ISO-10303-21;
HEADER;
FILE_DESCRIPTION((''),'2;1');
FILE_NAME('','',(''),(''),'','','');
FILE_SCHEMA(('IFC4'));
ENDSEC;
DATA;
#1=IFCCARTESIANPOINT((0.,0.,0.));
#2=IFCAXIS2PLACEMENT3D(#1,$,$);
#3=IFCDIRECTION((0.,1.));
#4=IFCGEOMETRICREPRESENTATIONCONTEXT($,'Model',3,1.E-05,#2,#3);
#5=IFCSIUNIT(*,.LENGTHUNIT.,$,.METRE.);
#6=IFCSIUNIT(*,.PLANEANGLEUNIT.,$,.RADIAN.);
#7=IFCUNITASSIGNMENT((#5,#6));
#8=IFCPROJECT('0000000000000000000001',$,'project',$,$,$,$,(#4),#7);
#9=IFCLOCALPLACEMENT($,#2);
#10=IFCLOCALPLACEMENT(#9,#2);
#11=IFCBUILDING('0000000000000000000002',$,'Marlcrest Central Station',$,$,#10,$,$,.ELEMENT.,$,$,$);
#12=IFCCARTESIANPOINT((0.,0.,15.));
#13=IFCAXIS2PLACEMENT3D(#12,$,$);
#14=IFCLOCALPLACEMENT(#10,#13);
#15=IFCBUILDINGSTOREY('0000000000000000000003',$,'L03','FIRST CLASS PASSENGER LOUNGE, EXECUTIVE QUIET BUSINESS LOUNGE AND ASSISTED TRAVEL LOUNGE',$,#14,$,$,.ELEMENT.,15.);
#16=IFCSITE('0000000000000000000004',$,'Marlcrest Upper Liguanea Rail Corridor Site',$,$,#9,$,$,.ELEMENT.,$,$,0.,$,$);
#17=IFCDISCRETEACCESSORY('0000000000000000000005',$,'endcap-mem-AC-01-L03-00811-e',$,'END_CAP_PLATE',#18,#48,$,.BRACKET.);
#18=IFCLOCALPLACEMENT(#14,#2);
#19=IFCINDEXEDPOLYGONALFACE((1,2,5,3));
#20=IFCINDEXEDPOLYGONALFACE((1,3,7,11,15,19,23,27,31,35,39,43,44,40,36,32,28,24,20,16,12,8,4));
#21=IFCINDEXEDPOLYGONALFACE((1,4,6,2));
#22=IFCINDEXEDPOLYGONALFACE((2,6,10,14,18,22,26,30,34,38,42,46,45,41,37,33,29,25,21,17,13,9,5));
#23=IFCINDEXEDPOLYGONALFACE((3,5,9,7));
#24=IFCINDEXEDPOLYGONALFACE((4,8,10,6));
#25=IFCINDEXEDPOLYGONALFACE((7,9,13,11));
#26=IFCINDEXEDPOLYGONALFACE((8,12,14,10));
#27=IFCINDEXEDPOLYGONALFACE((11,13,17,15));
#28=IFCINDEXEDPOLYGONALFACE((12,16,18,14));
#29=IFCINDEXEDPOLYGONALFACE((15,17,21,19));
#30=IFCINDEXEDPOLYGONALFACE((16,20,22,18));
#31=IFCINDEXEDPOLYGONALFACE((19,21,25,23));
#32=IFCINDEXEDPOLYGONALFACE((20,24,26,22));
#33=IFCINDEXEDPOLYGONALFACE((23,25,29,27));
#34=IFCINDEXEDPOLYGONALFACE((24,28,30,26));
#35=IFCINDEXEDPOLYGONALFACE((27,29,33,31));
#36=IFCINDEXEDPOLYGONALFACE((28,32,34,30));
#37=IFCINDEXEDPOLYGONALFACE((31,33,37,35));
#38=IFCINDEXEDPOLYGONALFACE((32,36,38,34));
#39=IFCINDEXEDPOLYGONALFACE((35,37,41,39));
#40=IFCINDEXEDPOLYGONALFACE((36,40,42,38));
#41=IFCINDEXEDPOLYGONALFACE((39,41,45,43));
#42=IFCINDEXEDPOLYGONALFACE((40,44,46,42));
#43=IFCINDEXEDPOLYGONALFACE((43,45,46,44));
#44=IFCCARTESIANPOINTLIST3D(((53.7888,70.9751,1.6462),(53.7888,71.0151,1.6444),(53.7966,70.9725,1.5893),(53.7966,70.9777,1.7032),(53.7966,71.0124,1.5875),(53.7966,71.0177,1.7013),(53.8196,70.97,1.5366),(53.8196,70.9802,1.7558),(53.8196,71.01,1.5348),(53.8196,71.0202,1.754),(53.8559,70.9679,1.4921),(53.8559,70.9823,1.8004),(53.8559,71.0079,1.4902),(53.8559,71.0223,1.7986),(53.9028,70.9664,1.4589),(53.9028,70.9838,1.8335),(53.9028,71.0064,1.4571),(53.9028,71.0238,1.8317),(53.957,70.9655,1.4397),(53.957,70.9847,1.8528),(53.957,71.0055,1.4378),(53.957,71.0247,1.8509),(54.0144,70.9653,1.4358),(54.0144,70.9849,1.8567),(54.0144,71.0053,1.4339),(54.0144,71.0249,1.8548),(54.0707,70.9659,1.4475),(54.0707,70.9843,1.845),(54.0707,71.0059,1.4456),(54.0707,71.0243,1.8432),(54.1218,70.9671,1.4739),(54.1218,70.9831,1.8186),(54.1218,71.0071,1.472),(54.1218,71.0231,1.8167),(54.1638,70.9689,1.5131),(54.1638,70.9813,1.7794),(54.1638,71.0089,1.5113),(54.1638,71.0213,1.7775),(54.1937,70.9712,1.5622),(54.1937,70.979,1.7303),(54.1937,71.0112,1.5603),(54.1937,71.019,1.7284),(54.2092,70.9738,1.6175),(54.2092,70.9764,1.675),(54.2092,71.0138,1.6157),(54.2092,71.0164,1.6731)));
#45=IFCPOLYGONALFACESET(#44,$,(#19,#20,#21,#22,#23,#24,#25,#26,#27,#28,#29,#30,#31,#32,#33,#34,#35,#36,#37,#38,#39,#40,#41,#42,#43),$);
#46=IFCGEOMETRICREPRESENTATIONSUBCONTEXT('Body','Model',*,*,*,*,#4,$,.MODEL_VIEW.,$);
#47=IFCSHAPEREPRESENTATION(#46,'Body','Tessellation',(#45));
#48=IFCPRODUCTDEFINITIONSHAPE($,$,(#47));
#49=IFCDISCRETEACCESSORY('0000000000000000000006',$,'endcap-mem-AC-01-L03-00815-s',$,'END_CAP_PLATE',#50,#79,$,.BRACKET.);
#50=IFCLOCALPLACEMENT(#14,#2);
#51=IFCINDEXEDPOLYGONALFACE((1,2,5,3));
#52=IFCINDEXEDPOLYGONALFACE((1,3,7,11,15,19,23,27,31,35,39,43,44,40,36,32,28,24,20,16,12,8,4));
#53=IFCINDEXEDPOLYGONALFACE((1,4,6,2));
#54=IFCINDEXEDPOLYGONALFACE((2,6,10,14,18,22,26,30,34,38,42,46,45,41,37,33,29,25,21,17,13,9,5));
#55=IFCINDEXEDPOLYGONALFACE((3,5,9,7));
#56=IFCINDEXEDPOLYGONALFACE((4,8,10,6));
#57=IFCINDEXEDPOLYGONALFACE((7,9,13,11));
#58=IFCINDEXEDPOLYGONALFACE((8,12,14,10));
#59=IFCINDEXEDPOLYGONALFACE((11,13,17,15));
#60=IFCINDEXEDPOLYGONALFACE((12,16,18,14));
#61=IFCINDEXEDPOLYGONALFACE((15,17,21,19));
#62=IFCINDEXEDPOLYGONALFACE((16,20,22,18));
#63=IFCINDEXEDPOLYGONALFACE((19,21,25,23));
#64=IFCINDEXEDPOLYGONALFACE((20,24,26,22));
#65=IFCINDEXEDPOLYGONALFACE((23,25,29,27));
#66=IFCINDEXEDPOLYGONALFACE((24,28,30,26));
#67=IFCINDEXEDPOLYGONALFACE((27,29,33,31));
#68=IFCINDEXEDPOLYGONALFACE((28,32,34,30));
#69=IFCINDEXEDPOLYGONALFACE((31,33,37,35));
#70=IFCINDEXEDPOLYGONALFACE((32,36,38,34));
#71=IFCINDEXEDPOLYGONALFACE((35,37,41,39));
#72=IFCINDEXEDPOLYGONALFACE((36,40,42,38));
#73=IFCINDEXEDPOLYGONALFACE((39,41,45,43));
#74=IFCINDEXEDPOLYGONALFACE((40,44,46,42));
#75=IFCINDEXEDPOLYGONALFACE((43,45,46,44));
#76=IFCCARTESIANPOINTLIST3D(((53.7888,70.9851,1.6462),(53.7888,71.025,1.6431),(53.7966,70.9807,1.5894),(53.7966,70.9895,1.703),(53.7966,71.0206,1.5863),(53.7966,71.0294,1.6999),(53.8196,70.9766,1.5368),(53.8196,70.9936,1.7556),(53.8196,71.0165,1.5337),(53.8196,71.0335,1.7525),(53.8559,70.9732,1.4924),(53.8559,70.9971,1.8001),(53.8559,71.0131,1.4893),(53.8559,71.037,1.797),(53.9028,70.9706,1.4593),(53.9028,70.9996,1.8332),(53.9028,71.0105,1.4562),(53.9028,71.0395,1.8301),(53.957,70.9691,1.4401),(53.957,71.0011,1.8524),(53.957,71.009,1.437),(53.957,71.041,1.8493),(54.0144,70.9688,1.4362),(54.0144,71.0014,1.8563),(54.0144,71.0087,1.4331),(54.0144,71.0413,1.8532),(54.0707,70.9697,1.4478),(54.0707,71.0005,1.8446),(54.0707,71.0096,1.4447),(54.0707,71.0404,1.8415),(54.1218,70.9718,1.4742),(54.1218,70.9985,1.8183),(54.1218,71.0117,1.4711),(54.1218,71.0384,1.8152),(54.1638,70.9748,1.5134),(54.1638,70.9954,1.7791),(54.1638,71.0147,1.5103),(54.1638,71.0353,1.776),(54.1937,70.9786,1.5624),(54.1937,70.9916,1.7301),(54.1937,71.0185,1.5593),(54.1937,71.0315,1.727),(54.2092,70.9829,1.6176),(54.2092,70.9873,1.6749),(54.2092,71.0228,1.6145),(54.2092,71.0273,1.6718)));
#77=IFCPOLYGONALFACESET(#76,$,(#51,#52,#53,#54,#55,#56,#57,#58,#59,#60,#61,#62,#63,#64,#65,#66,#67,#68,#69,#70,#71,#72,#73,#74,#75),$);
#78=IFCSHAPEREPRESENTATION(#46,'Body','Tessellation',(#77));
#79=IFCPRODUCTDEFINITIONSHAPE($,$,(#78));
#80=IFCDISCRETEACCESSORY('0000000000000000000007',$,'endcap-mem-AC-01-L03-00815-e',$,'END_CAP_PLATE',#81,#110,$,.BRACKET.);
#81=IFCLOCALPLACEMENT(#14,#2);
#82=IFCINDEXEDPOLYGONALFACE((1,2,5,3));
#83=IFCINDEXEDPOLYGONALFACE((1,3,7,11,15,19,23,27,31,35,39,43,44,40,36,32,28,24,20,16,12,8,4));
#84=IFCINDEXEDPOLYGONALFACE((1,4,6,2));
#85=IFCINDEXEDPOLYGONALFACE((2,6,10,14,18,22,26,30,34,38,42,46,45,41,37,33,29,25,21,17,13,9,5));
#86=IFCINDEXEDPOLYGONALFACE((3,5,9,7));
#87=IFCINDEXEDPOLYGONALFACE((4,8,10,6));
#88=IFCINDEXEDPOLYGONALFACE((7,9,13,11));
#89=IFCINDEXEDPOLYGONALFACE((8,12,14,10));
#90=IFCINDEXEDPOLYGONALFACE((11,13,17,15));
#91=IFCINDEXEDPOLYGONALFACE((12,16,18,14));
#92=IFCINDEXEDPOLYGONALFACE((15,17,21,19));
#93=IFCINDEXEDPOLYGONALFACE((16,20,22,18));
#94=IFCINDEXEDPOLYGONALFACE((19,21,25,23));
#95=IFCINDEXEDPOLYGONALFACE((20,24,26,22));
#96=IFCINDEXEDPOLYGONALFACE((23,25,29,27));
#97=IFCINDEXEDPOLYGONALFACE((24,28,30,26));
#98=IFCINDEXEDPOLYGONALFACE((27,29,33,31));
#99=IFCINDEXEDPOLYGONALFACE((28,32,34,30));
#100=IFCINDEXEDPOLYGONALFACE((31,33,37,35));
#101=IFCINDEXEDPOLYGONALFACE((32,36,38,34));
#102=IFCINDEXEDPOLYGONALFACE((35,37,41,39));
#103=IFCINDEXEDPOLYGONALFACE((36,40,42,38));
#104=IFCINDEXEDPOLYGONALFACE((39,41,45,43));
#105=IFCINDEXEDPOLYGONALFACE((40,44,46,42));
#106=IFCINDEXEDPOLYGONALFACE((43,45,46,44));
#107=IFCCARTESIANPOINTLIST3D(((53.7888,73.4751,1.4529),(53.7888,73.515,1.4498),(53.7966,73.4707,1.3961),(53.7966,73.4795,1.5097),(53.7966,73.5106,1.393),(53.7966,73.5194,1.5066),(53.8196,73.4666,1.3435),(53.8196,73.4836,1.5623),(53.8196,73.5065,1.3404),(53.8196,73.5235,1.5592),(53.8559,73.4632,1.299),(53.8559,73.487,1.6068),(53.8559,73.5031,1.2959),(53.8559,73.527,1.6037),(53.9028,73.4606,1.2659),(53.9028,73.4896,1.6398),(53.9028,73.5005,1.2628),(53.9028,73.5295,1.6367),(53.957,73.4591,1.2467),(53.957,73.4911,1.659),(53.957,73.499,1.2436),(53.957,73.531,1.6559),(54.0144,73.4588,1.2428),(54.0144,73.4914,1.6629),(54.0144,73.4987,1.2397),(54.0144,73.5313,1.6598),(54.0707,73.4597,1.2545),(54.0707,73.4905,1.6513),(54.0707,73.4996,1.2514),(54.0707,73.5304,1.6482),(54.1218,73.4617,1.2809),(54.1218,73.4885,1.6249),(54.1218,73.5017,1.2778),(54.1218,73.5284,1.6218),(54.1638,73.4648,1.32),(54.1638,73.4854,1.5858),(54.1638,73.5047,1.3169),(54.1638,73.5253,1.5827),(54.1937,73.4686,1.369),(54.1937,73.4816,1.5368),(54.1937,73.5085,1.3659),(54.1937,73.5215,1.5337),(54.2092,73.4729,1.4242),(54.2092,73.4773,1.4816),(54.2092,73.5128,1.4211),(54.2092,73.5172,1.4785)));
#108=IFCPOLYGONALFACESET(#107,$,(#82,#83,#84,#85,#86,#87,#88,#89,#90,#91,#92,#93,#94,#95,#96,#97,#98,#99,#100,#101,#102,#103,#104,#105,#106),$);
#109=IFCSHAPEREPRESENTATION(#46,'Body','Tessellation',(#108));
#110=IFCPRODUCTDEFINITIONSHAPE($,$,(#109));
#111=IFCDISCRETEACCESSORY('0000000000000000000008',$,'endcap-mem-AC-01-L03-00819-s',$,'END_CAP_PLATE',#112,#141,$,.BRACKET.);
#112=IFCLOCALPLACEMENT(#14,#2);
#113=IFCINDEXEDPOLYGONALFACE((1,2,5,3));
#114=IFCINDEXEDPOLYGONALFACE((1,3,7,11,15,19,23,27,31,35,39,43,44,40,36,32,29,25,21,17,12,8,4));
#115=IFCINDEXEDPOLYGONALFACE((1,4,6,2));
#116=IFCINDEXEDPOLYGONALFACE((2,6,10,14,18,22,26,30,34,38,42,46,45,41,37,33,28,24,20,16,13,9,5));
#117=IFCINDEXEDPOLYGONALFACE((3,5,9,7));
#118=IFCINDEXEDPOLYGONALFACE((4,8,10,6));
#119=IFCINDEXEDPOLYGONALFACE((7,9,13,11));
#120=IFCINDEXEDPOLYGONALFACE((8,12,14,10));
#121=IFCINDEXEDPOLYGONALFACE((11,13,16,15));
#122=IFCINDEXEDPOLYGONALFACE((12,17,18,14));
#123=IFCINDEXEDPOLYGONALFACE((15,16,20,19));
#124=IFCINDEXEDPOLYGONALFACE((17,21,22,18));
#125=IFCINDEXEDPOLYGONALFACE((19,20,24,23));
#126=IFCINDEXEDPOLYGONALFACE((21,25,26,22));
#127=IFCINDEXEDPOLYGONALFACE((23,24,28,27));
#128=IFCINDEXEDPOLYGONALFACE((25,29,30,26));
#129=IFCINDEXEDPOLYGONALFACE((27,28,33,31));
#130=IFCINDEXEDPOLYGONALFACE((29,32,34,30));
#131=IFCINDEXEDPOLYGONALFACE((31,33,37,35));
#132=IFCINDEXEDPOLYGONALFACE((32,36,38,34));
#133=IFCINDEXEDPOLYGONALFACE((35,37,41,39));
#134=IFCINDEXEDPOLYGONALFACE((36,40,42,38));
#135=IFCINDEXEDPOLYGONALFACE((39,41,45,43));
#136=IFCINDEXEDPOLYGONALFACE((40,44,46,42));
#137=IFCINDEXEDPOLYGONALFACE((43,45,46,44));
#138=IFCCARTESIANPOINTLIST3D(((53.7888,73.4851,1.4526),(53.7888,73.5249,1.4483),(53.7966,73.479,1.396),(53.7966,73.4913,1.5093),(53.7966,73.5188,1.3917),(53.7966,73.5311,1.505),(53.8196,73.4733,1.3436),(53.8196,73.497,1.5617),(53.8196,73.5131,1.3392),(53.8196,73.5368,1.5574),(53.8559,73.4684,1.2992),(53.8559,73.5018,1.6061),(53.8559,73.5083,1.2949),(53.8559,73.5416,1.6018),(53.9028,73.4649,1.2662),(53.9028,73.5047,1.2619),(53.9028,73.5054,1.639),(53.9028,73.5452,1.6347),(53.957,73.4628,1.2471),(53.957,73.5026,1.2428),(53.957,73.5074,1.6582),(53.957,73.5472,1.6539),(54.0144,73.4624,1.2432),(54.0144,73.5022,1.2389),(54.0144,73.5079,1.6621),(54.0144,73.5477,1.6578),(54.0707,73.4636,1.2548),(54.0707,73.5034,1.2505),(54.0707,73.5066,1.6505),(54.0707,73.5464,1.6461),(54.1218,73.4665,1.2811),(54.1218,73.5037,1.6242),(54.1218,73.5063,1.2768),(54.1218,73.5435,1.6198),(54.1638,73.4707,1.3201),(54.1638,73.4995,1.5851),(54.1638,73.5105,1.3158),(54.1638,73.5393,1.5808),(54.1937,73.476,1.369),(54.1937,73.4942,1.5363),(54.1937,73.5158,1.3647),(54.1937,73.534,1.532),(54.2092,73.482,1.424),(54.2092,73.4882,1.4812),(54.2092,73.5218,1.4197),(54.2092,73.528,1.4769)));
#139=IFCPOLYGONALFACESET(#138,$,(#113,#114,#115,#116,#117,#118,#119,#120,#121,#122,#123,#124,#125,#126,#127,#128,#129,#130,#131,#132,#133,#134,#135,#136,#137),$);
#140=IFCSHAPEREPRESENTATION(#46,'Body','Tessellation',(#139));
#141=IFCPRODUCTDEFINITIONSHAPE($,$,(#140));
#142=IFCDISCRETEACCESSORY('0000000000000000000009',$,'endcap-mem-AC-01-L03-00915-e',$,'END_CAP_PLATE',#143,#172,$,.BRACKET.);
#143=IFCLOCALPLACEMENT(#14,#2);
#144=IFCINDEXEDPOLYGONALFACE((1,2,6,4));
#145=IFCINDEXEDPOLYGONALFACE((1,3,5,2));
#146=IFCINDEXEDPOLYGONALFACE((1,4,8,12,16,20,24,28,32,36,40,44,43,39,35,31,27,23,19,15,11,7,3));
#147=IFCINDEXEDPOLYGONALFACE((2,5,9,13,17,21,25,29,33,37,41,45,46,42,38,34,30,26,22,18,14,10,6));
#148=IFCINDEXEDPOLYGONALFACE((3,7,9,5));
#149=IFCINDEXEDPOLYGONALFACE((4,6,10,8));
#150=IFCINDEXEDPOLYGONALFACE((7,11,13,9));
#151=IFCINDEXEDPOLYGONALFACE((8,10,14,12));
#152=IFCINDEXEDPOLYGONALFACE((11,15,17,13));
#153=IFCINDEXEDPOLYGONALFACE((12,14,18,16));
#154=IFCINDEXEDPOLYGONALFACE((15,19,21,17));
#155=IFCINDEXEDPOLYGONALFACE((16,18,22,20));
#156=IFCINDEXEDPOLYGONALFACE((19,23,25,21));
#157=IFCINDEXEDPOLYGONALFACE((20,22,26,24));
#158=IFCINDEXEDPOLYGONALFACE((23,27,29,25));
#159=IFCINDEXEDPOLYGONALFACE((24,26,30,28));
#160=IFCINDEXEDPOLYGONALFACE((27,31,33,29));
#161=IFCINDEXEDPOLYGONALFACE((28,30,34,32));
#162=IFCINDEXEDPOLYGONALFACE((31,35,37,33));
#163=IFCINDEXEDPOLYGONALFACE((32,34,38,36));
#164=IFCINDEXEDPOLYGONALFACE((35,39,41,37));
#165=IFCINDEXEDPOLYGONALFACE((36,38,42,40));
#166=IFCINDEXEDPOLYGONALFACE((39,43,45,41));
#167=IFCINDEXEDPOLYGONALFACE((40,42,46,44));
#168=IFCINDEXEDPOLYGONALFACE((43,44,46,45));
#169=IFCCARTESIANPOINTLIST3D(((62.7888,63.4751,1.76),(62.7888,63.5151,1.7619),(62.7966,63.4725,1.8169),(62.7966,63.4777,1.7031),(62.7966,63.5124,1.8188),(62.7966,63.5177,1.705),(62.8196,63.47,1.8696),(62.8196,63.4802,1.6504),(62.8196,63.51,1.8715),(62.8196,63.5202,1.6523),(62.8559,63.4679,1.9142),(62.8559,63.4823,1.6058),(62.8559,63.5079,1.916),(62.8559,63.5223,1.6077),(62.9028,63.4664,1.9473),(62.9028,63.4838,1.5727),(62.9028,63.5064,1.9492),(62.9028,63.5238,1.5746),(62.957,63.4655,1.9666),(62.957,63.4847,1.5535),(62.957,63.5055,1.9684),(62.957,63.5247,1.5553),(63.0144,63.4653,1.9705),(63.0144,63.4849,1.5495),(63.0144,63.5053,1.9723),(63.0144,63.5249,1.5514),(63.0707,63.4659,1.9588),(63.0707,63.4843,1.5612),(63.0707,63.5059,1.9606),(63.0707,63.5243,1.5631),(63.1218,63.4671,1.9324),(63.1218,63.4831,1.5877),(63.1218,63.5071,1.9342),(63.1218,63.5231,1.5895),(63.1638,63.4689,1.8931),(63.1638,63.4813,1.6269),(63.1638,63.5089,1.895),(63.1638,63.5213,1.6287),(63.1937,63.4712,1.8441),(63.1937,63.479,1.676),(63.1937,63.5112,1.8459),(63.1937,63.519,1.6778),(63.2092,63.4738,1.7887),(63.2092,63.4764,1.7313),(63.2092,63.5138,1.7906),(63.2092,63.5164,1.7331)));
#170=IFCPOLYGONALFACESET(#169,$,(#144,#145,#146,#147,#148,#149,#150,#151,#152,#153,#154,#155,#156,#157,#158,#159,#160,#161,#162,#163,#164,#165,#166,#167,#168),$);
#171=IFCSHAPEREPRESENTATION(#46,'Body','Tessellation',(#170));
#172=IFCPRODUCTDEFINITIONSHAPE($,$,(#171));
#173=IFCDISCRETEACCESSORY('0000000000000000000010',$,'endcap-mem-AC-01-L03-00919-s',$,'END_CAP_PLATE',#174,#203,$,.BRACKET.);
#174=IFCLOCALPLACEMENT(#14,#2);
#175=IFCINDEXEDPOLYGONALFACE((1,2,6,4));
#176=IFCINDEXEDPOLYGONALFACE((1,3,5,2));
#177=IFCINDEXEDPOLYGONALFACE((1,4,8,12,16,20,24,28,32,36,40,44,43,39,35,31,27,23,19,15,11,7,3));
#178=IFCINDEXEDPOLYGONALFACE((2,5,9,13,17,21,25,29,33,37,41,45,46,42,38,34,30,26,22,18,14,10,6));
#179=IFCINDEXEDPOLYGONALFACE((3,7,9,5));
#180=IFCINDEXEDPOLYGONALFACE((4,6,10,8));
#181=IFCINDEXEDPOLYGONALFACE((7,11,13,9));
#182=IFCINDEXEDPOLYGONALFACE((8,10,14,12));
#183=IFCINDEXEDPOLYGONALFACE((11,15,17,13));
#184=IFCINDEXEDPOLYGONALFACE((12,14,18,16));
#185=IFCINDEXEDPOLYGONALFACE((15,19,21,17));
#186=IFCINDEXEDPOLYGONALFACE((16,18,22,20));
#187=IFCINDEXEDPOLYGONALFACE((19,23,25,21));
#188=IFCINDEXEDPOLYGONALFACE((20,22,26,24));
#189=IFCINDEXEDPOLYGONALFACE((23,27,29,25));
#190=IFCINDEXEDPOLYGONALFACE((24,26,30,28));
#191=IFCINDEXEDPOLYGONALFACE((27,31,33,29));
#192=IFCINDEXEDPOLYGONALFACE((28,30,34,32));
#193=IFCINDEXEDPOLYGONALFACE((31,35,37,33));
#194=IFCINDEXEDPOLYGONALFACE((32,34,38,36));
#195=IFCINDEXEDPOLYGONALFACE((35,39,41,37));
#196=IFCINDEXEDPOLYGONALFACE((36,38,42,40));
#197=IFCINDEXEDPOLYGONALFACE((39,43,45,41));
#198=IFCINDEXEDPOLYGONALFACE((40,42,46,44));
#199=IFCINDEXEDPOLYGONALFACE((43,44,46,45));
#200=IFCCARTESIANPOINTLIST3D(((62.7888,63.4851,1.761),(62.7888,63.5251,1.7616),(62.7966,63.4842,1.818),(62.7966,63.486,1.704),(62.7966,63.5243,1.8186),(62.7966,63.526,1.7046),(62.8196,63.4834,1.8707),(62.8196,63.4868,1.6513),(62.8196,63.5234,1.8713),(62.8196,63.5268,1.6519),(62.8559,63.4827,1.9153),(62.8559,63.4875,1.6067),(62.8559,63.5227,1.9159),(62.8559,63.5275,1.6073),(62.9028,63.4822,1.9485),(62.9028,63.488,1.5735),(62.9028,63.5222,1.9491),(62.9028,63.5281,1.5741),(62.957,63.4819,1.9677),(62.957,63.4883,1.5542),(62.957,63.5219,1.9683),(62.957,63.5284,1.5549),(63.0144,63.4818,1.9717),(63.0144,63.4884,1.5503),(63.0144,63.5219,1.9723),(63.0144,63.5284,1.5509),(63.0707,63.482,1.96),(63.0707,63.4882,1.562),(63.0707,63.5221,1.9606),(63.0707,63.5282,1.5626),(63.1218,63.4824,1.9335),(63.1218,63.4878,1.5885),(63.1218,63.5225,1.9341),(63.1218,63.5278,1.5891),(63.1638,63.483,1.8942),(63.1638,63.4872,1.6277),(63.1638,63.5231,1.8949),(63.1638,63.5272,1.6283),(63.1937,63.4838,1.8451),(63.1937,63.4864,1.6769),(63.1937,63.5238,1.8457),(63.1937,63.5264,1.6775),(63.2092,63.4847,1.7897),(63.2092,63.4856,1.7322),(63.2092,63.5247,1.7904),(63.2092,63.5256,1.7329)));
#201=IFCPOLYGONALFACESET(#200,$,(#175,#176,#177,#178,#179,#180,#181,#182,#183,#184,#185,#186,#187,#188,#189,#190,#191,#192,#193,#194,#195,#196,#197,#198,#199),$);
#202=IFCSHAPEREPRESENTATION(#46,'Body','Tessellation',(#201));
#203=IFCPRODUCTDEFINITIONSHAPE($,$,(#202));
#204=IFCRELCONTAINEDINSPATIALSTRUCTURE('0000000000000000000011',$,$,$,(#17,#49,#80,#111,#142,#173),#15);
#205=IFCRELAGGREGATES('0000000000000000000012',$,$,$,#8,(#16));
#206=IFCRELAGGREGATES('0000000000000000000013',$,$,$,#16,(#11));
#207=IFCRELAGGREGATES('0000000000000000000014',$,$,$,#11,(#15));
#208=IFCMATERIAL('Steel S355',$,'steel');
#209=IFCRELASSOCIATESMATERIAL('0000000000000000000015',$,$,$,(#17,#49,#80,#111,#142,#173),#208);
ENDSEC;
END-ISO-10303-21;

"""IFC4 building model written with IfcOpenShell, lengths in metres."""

from ifc_helpers import new_model, si_unit, direction, frame, origin, origin_2d, place, context, subcontext, project, spatial, circle, extrude, material, element, save


model = new_model("IFC4")

# Units and contexts
model_context = context("Model", 3, precision=1e-05, world=origin(), true_north=direction((0.0, 1.0)))
body_context = subcontext(model_context, "Body", "Model", "MODEL_VIEW")
ifc_project = project(units=[si_unit("LENGTHUNIT", "METRE"), si_unit("PLANEANGLEUNIT", "RADIAN")], contexts=[model_context])

# Site, building, storey
site_placement = place(None, origin())
site = spatial("IfcSite", under=ifc_project, at=site_placement, Name="Marlcrest Upper Liguanea Rail Corridor Site", CompositionType="ELEMENT", RefElevation=0.0)
building_placement = place(site_placement, origin())
building = spatial("IfcBuilding", under=site, at=building_placement, Name="Marlcrest Central Station", CompositionType="ELEMENT")
storey_placement = place(building_placement, frame((0.0, 0.0, 15.0)))
storey = spatial("IfcBuildingStorey", under=building, at=storey_placement, Name="L03", Description="FIRST CLASS PASSENGER LOUNGE, EXECUTIVE QUIET BUSINESS LOUNGE AND ASSISTED TRAVEL LOUNGE", CompositionType="ELEMENT", Elevation=15.0)

# Shared definitions
ifc_material_1 = material(Name="Steel S355", Category="steel")

# Discrete accessories
for number, where, z_axis, x_axis, name in (
    (1, (54.0, 70.9751, 1.6462), (0.0, 0.998921, -0.046434), (-1.0, 0.0, 0.0), "endcap-mem-AC-01-L03-00811-e"),
    (2, (54.0, 70.9851, 1.6462), (0.0, 0.997, -0.077404), (-1.0, 0.0, 0.0), "endcap-mem-AC-01-L03-00815-s"),
    (3, (54.0, 73.4751, 1.4529), (0.0, 0.997, -0.077404), (-1.0, 0.0, 0.0), "endcap-mem-AC-01-L03-00815-e"),
    (4, (54.0, 73.4851, 1.4526), (0.0, 0.994155, -0.107959), (-1.0, 0.0, 0.0), "endcap-mem-AC-01-L03-00819-s"),
    (5, (63.0, 63.4751, 1.76), (0.0, 0.998921, 0.046434), (-1.0, 0.0, 0.0), "endcap-mem-AC-01-L03-00915-e"),
    (6, (63.0, 63.4851, 1.761), (0.0, 0.999879, 0.015525), (-1.0, 0.0, 0.0), "endcap-mem-AC-01-L03-00919-s"),
):
    element("IfcDiscreteAccessory", number, at=place(storey_placement, frame(where, z_axis=z_axis, x_axis=x_axis)), inside=storey, material=ifc_material_1, Name=name, ObjectType="END_CAP_PLATE", PredefinedType="BRACKET", context=body_context, shape_type="SweptSolid", body=[
        extrude(circle(Radius=0.2112, at=origin_2d()), origin(), (0.0, 0.0, 1.0), 0.04),
    ])

save(model, "model.ifc")
